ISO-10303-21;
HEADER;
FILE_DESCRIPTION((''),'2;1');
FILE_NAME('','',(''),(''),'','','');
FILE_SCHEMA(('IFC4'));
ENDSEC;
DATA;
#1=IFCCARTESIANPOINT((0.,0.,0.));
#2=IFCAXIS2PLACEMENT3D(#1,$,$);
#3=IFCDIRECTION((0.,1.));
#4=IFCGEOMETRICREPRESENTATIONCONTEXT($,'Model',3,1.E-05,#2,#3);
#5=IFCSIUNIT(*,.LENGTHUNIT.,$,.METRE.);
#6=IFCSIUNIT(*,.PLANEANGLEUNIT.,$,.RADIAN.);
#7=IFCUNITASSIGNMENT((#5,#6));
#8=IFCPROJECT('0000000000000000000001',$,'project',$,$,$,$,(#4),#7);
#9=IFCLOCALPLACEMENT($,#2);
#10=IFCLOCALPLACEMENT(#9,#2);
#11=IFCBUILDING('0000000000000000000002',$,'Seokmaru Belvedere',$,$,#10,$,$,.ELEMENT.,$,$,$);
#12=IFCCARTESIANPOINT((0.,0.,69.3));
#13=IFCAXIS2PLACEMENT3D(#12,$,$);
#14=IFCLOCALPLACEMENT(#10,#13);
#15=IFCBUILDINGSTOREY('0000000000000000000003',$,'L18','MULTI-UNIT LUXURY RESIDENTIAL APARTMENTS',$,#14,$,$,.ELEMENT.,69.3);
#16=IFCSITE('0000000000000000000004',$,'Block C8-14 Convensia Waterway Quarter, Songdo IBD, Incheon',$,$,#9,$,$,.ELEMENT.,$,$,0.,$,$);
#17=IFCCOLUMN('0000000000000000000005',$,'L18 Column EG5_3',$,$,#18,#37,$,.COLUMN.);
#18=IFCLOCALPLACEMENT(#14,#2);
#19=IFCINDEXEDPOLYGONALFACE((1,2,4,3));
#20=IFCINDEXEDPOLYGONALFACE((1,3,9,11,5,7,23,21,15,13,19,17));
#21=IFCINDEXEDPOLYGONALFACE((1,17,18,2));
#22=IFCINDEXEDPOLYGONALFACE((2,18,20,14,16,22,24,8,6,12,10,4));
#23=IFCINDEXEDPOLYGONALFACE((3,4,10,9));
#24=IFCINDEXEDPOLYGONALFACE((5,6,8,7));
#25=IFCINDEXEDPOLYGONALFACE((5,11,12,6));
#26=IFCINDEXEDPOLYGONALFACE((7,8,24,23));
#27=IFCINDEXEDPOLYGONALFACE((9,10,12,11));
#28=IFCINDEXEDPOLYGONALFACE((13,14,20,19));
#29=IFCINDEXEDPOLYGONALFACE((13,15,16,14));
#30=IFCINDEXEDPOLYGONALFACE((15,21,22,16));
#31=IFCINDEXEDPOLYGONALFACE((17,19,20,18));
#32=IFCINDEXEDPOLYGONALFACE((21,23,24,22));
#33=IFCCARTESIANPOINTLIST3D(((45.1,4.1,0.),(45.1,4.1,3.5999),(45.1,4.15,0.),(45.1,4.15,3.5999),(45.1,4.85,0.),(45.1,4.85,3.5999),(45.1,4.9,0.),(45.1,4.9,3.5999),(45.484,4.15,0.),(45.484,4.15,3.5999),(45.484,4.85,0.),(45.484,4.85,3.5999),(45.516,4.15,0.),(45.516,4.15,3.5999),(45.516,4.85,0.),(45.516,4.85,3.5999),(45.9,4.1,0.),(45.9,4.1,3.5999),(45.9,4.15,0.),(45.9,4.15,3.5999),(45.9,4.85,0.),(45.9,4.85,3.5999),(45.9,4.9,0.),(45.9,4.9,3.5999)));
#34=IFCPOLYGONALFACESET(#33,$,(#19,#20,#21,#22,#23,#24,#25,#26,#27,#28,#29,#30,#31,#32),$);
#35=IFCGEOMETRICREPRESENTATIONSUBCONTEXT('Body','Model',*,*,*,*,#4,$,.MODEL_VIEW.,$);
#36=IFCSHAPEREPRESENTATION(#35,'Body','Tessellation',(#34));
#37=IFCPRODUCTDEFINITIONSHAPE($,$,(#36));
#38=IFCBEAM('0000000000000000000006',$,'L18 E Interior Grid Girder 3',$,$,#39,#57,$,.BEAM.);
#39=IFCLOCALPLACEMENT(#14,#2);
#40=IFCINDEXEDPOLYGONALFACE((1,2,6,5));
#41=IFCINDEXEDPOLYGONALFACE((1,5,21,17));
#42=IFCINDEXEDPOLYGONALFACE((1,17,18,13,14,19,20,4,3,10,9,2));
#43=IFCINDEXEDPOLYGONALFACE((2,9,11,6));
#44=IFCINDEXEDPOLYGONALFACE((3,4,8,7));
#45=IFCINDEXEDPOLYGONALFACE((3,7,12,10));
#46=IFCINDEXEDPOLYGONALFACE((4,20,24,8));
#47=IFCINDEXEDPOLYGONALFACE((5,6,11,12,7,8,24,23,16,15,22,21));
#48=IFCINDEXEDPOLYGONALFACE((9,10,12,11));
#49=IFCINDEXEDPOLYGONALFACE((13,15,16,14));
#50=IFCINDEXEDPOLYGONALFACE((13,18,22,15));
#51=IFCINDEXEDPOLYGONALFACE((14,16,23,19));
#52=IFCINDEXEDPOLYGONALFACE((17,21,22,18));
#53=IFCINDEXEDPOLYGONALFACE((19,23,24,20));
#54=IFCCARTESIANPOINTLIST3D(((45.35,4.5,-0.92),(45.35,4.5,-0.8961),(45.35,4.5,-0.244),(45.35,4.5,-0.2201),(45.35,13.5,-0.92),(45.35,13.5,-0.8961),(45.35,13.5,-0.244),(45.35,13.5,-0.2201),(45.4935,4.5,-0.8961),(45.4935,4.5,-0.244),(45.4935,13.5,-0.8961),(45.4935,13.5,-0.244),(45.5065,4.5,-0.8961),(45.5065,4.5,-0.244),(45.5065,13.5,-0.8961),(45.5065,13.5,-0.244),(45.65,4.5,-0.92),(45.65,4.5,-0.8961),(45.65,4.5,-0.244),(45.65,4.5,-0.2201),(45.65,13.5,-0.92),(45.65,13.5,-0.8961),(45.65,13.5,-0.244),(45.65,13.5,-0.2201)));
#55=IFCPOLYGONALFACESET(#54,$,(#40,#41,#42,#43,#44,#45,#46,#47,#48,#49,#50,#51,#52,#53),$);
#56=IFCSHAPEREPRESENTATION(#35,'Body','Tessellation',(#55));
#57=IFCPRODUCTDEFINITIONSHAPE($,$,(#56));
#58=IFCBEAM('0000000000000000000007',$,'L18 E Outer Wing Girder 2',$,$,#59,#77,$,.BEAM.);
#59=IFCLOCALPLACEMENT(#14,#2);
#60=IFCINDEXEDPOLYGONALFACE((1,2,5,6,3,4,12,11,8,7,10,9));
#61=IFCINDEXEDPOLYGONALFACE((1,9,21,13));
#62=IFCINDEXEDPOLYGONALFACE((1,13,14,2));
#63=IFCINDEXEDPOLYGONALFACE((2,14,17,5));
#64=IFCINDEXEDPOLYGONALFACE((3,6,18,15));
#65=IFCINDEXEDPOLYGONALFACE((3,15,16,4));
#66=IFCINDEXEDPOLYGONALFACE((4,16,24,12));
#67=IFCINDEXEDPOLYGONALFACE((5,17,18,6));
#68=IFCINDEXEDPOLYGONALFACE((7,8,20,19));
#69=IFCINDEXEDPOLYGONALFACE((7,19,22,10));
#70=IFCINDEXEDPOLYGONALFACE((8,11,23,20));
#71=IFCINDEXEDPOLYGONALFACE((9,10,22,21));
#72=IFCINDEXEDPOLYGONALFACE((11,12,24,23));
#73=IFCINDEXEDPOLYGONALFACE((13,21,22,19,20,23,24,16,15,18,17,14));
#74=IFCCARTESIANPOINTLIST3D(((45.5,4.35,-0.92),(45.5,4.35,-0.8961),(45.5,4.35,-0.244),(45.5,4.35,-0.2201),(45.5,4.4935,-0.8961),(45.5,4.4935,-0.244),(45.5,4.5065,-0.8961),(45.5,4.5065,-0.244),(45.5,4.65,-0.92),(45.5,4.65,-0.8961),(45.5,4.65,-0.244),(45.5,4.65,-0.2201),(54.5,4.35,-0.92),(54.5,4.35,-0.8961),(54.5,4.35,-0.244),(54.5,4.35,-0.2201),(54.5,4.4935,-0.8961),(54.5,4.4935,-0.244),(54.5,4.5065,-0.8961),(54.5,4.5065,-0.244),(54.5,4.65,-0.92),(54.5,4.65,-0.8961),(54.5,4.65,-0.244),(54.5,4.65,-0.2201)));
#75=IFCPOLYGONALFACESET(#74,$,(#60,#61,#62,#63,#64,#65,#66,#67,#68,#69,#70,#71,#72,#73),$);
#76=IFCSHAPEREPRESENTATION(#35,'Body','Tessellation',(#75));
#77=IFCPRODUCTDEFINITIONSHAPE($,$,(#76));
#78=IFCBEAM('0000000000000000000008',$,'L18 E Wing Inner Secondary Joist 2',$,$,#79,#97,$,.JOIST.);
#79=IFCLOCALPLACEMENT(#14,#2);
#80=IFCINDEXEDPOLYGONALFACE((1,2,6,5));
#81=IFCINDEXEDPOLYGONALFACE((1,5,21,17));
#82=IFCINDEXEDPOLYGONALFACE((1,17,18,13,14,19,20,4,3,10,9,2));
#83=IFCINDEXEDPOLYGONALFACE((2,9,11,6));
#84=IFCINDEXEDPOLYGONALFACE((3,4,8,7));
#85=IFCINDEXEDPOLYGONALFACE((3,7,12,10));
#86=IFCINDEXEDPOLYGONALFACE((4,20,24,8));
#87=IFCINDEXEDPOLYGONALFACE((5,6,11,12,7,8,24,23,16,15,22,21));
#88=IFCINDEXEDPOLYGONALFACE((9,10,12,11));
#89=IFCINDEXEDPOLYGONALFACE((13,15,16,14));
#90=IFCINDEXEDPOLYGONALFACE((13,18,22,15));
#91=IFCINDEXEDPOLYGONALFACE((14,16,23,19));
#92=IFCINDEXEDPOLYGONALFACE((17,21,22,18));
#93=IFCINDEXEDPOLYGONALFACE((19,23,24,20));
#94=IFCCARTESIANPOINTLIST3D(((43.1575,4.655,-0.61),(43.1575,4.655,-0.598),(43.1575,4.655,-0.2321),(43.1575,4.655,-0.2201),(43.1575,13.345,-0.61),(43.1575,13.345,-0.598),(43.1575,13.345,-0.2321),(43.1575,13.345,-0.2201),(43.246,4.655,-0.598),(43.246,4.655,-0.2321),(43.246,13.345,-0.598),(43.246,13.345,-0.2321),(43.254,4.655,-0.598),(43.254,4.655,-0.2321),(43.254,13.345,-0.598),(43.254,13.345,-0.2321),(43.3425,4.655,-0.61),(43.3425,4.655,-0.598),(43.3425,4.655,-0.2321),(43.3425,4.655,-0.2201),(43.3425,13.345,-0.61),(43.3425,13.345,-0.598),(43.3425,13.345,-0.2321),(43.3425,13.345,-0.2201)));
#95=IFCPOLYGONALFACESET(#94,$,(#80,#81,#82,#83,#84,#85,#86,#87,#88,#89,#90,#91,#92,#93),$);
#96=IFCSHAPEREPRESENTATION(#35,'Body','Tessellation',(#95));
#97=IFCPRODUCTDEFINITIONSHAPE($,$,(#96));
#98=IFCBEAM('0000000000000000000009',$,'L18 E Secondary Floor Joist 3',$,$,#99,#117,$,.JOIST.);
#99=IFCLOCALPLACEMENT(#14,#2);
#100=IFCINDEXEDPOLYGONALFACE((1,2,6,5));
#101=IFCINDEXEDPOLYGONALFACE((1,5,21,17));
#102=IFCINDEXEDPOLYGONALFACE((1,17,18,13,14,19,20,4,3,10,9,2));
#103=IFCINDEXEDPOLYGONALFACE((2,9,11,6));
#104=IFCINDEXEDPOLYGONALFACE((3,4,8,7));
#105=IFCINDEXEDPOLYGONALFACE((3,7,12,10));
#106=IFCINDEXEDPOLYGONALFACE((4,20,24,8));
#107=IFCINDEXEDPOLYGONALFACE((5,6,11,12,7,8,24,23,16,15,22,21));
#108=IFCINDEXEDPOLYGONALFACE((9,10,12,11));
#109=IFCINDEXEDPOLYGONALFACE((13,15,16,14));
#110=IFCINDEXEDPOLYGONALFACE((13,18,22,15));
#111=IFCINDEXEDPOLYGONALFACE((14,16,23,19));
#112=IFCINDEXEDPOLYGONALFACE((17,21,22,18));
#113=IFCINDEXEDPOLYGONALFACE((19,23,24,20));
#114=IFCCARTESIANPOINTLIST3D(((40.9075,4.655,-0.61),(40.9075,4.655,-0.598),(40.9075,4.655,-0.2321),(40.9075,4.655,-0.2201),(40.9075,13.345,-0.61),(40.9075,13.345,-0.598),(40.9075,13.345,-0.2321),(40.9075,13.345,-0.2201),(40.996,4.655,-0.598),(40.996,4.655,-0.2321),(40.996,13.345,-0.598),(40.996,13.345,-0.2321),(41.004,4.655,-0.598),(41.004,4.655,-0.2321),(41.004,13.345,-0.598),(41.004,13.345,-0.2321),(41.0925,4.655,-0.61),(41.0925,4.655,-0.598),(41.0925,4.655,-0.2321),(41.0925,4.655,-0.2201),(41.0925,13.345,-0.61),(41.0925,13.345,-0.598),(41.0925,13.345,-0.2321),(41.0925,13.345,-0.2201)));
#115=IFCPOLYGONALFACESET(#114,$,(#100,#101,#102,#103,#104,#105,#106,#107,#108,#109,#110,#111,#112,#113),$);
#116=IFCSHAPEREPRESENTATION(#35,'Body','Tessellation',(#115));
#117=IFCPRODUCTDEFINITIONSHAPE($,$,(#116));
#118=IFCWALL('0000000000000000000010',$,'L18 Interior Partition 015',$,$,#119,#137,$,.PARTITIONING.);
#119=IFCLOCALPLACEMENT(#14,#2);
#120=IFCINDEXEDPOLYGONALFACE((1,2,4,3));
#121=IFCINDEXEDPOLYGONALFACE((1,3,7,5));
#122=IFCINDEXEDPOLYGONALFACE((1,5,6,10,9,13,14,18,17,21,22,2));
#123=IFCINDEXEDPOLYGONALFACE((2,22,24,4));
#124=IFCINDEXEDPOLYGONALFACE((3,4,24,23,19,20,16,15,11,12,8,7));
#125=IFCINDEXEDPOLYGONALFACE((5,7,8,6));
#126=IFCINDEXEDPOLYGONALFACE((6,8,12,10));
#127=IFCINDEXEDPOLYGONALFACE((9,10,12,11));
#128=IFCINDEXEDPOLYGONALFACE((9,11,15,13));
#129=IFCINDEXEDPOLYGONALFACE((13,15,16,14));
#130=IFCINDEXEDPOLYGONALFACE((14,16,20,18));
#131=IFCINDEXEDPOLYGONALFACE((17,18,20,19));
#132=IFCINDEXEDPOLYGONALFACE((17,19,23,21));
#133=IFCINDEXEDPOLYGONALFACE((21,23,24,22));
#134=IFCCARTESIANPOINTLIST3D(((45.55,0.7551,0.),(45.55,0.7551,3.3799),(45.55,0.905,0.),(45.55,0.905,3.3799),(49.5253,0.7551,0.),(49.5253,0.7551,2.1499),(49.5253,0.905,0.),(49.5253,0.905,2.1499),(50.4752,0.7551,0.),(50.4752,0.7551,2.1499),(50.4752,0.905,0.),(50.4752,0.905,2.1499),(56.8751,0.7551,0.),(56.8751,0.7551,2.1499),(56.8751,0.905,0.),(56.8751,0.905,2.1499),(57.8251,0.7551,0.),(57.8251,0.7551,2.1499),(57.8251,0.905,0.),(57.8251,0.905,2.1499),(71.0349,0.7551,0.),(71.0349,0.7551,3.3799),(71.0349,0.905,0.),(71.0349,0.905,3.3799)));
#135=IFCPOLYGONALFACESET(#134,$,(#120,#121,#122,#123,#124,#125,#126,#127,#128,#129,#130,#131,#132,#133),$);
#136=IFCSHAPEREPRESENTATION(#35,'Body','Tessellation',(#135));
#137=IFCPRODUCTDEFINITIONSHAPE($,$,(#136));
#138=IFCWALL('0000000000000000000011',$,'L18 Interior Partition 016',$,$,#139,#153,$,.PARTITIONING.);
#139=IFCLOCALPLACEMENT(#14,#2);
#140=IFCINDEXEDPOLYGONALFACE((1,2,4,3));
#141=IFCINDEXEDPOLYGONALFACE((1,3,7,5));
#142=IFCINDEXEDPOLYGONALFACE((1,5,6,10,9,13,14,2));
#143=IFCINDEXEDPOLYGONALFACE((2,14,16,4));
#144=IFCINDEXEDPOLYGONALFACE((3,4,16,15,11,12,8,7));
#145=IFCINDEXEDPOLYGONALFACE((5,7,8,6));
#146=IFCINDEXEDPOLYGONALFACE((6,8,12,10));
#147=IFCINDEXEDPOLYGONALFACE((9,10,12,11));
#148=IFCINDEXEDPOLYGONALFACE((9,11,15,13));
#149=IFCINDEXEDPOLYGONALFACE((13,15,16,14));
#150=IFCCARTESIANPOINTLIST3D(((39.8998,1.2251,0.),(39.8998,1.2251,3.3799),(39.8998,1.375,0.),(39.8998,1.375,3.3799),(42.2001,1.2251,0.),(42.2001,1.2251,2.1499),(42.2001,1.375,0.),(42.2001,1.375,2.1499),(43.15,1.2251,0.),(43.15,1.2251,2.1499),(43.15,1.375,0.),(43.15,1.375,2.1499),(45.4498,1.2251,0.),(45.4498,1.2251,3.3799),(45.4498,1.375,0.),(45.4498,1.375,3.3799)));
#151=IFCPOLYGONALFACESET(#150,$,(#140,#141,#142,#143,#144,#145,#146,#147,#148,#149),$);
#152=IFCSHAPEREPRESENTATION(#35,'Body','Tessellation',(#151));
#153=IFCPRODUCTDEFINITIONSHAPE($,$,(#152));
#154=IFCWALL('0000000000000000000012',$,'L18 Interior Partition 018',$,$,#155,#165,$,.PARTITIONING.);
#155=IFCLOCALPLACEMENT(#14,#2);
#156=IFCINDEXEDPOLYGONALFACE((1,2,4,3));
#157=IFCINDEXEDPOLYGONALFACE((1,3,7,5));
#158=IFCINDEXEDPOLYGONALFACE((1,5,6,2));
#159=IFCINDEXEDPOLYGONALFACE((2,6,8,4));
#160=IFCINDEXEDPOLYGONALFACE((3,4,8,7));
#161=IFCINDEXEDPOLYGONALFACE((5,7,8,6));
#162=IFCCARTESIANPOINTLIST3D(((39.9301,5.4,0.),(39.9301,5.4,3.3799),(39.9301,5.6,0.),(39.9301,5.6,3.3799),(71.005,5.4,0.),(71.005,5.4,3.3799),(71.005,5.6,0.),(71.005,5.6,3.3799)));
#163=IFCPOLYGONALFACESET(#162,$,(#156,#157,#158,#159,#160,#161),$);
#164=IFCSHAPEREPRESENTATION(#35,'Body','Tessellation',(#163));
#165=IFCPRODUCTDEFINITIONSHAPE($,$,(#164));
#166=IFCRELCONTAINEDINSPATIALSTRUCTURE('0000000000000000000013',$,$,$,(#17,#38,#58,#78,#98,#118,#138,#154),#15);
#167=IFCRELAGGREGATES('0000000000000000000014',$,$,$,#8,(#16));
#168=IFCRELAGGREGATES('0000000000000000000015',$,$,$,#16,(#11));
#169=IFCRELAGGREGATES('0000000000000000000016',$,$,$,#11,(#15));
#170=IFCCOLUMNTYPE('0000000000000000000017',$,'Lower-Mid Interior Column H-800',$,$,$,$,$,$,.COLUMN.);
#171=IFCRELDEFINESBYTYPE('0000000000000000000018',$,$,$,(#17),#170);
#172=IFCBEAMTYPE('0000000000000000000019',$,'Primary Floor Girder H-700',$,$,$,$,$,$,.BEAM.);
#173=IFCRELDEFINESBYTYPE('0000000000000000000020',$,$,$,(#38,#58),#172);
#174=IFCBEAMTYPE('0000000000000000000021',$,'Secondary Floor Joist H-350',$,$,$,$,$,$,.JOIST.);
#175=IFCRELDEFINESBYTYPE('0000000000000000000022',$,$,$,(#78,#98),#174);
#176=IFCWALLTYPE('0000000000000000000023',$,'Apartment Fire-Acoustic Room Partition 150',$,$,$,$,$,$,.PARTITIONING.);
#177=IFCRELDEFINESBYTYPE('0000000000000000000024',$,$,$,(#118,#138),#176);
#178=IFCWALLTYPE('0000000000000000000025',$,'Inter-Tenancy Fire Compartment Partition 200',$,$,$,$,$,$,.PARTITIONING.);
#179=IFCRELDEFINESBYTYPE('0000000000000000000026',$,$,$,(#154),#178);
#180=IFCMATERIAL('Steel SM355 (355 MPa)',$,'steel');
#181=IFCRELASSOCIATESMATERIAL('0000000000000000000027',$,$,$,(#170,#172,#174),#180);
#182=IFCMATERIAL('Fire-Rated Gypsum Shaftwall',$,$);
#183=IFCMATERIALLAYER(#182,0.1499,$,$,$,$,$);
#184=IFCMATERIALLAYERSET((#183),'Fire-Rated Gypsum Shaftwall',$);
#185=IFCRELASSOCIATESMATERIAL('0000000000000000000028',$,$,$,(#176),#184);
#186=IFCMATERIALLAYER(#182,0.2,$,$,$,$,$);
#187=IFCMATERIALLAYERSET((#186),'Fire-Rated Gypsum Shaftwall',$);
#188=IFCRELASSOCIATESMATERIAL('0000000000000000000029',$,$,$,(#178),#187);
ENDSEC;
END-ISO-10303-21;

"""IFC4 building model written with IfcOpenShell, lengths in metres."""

from ifc_helpers import new_model, si_unit, direction, frame, frame_2d, origin, origin_2d, place, context, subcontext, project, spatial, rectangle, i_section, extrude, source, transform, mapped, material, layer, layer_set, material_profile, profile_set, type_object, type_shapes, element, save


model = new_model("IFC4")

# Units and contexts
model_context = context("Model", 3, precision=1e-05, world=origin(), true_north=direction((0.0, 1.0)))
body_context = subcontext(model_context, "Body", "Model", "MODEL_VIEW")
ifc_project = project(units=[si_unit("LENGTHUNIT", "METRE"), si_unit("PLANEANGLEUNIT", "RADIAN")], contexts=[model_context])

# Site, building, storey
site_placement = place(None, origin())
site = spatial("IfcSite", under=ifc_project, at=site_placement, Name="Block C8-14 Convensia Waterway Quarter, Songdo IBD, Incheon", CompositionType="ELEMENT", RefElevation=0.0)
building_placement = place(site_placement, origin())
building = spatial("IfcBuilding", under=site, at=building_placement, Name="Seokmaru Belvedere", CompositionType="ELEMENT")
storey_placement = place(building_placement, frame((0.0, 0.0, 69.3)))
storey = spatial("IfcBuildingStorey", under=building, at=storey_placement, Name="L18", Description="MULTI-UNIT LUXURY RESIDENTIAL APARTMENTS", CompositionType="ELEMENT", Elevation=69.3)

# Column
ifc_material_1 = material(Name="Steel SM355 (355 MPa)", Category="steel")
ifc_material_profile_1 = material_profile(ifc_material_1, i_section(OverallWidth=0.8, OverallDepth=0.8, WebThickness=0.032, FlangeThickness=0.05, at=origin_2d()), Name="H-800x800x32x50")
ifc_profile_set_1 = profile_set([ifc_material_profile_1], Name="Steel SM355 (355 MPa)")
column_type = type_object("IfcColumnType", Name="Lower-Mid Interior Column H-800", PredefinedType="COLUMN", material=ifc_profile_set_1)
shared_shape_1 = source(origin(), body_context, "Body", "SweptSolid", [
    extrude(i_section(OverallWidth=0.8, OverallDepth=0.8, WebThickness=0.032, FlangeThickness=0.05, at=origin_2d()), origin(), (0.0, 0.0, 1.0), 3.5999),
])
type_shapes(column_type, [shared_shape_1])
column_placement = place(storey_placement, frame((45.5, 4.5, 0.0), z_axis=(0.0, 0.0, 1.0), x_axis=(1.0, 0.0, 0.0)))
element("IfcColumn", 1, at=column_placement, inside=storey, type_object=column_type, Name="L18 Column EG5_3", PredefinedType="COLUMN", context=body_context, shape_type="MappedRepresentation", body=[
    mapped(shared_shape_1, transform((0.0, 0.0, 0.0), scale=1.0)),
])

# Beams
ifc_material_profile_2 = material_profile(ifc_material_1, i_section(OverallWidth=0.3, OverallDepth=0.7, WebThickness=0.0129, FlangeThickness=0.0239, at=origin_2d()), Name="H-700x300x13x24")
ifc_profile_set_2 = profile_set([ifc_material_profile_2], Name="Steel SM355 (355 MPa)")
beam_type_1 = type_object("IfcBeamType", Name="Primary Floor Girder H-700", PredefinedType="BEAM", material=ifc_profile_set_2)
shared_shape_2 = source(origin(), body_context, "Body", "SweptSolid", [
    extrude(i_section(OverallWidth=0.3, OverallDepth=0.7, WebThickness=0.0129, FlangeThickness=0.0239, at=origin_2d()), origin(), (0.0, 0.0, 1.0), 9.0),
])
type_shapes(beam_type_1, [shared_shape_2])
for number, where, z_axis, x_axis, name in (
    (2, (45.5, 4.5, -0.5701), (0.0, 1.0, 0.0), (-1.0, 0.0, 0.0), "L18 E Interior Grid Girder 3"),
    (3, (45.5, 4.5, -0.5701), (1.0, 0.0, 0.0), (0.0, 1.0, 0.0), "L18 E Outer Wing Girder 2"),
):
    element("IfcBeam", number, at=place(storey_placement, frame(where, z_axis=z_axis, x_axis=x_axis)), inside=storey, type_object=beam_type_1, Name=name, PredefinedType="BEAM", context=body_context, shape_type="MappedRepresentation", body=[
        mapped(shared_shape_2, transform((0.0, 0.0, 0.0), scale=1.0)),
    ])
ifc_material_profile_3 = material_profile(ifc_material_1, i_section(OverallWidth=0.1851, OverallDepth=0.3899, WebThickness=0.0081, FlangeThickness=0.012, at=origin_2d()), Name="H-390x185x8x12")
ifc_profile_set_3 = profile_set([ifc_material_profile_3], Name="Steel SM355 (355 MPa)")
beam_type_2 = type_object("IfcBeamType", Name="Secondary Floor Joist H-350", PredefinedType="JOIST", material=ifc_profile_set_3)
shared_shape_3 = source(origin(), body_context, "Body", "SweptSolid", [
    extrude(i_section(OverallWidth=0.1851, OverallDepth=0.3899, WebThickness=0.0081, FlangeThickness=0.012, at=origin_2d()), origin(), (0.0, 0.0, 1.0), 8.6899),
])
type_shapes(beam_type_2, [shared_shape_3])
for number, where, z_axis, x_axis, name in (
    (4, (43.25, 4.655, -0.415), (0.0, 1.0, 0.0), (-1.0, 0.0, 0.0), "L18 E Wing Inner Secondary Joist 2"),
    (5, (41.0, 4.655, -0.415), (0.0, 1.0, 0.0), (-1.0, 0.0, 0.0), "L18 E Secondary Floor Joist 3"),
):
    element("IfcBeam", number, at=place(storey_placement, frame(where, z_axis=z_axis, x_axis=x_axis)), inside=storey, type_object=beam_type_2, Name=name, PredefinedType="JOIST", context=body_context, shape_type="MappedRepresentation", body=[
        mapped(shared_shape_3, transform((0.0, 0.0, 0.0), scale=1.0)),
    ])

# Wall, openings
ifc_material_2 = material(Name="Fire-Rated Gypsum Shaftwall")
ifc_layer_1 = layer(ifc_material_2, 0.1499)
ifc_layer_set_1 = layer_set([ifc_layer_1], Name="Fire-Rated Gypsum Shaftwall")
wall_type_1 = type_object("IfcWallType", Name="Apartment Fire-Acoustic Room Partition 150", PredefinedType="PARTITIONING", material=ifc_layer_set_1)
wall_1_placement = place(storey_placement, frame((45.55, 0.8301, 0.0), z_axis=(0.0, 0.0, 1.0), x_axis=(1.0, 0.0, 0.0)))
wall_1 = element("IfcWall", 6, at=wall_1_placement, inside=storey, type_object=wall_type_1, Name="L18 Interior Partition 015", PredefinedType="PARTITIONING", context=body_context, shape_type="SweptSolid", body=[
    extrude(rectangle(XDim=25.4849, YDim=0.1499, at=frame_2d((12.7424, 0.0))), origin(), (0.0, 0.0, 1.0), 3.3799),
])
opening_1_placement = place(wall_1_placement, frame((3.9751, 0.0, 0.0)))
element("IfcOpeningElement", 7, at=opening_1_placement, cuts=wall_1, PredefinedType="OPENING", context=body_context, shape_type="SweptSolid", body=[
    extrude(rectangle(XDim=0.95, YDim=2.1499, at=frame_2d((0.4751, 1.075))), frame((0.0, 0.085, 0.0), z_axis=(0.0, -1.0, 0.0), x_axis=(1.0, 0.0, 0.0)), (0.0, 0.0, 1.0), 0.1699),
])
opening_2_placement = place(wall_1_placement, frame((11.325, 0.0, 0.0)))
element("IfcOpeningElement", 8, at=opening_2_placement, cuts=wall_1, PredefinedType="OPENING", context=body_context, shape_type="SweptSolid", body=[
    extrude(rectangle(XDim=0.95, YDim=2.1499, at=frame_2d((0.4751, 1.075))), frame((0.0, 0.085, 0.0), z_axis=(0.0, -1.0, 0.0), x_axis=(1.0, 0.0, 0.0)), (0.0, 0.0, 1.0), 0.1699),
])

# Wall, opening
wall_2_placement = place(storey_placement, frame((39.8999, 1.3, 0.0), z_axis=(0.0, 0.0, 1.0), x_axis=(1.0, 0.0, 0.0)))
wall_2 = element("IfcWall", 9, at=wall_2_placement, inside=storey, type_object=wall_type_1, Name="L18 Interior Partition 016", PredefinedType="PARTITIONING", context=body_context, shape_type="SweptSolid", body=[
    extrude(rectangle(XDim=5.55, YDim=0.1499, at=frame_2d((2.7749, 0.0))), origin(), (0.0, 0.0, 1.0), 3.3799),
])
opening_3_placement = place(wall_2_placement, frame((2.3, 0.0, 0.0)))
element("IfcOpeningElement", 10, at=opening_3_placement, cuts=wall_2, PredefinedType="OPENING", context=body_context, shape_type="SweptSolid", body=[
    extrude(rectangle(XDim=0.95, YDim=2.1499, at=frame_2d((0.4751, 1.075))), frame((0.0, 0.085, 0.0), z_axis=(0.0, -1.0, 0.0), x_axis=(1.0, 0.0, 0.0)), (0.0, 0.0, 1.0), 0.1699),
])

# Wall
ifc_layer_2 = layer(ifc_material_2, 0.2)
ifc_layer_set_2 = layer_set([ifc_layer_2], Name="Fire-Rated Gypsum Shaftwall")
wall_type_2 = type_object("IfcWallType", Name="Inter-Tenancy Fire Compartment Partition 200", PredefinedType="PARTITIONING", material=ifc_layer_set_2)
wall_3_placement = place(storey_placement, frame((39.9299, 5.5, 0.0), z_axis=(0.0, 0.0, 1.0), x_axis=(1.0, 0.0, 0.0)))
element("IfcWall", 11, at=wall_3_placement, inside=storey, type_object=wall_type_2, Name="L18 Interior Partition 018", PredefinedType="PARTITIONING", context=body_context, shape_type="SweptSolid", body=[
    extrude(rectangle(XDim=31.075, YDim=0.2, at=frame_2d((15.5376, 0.0))), origin(), (0.0, 0.0, 1.0), 3.3799),
])

save(model, "model.ifc")
